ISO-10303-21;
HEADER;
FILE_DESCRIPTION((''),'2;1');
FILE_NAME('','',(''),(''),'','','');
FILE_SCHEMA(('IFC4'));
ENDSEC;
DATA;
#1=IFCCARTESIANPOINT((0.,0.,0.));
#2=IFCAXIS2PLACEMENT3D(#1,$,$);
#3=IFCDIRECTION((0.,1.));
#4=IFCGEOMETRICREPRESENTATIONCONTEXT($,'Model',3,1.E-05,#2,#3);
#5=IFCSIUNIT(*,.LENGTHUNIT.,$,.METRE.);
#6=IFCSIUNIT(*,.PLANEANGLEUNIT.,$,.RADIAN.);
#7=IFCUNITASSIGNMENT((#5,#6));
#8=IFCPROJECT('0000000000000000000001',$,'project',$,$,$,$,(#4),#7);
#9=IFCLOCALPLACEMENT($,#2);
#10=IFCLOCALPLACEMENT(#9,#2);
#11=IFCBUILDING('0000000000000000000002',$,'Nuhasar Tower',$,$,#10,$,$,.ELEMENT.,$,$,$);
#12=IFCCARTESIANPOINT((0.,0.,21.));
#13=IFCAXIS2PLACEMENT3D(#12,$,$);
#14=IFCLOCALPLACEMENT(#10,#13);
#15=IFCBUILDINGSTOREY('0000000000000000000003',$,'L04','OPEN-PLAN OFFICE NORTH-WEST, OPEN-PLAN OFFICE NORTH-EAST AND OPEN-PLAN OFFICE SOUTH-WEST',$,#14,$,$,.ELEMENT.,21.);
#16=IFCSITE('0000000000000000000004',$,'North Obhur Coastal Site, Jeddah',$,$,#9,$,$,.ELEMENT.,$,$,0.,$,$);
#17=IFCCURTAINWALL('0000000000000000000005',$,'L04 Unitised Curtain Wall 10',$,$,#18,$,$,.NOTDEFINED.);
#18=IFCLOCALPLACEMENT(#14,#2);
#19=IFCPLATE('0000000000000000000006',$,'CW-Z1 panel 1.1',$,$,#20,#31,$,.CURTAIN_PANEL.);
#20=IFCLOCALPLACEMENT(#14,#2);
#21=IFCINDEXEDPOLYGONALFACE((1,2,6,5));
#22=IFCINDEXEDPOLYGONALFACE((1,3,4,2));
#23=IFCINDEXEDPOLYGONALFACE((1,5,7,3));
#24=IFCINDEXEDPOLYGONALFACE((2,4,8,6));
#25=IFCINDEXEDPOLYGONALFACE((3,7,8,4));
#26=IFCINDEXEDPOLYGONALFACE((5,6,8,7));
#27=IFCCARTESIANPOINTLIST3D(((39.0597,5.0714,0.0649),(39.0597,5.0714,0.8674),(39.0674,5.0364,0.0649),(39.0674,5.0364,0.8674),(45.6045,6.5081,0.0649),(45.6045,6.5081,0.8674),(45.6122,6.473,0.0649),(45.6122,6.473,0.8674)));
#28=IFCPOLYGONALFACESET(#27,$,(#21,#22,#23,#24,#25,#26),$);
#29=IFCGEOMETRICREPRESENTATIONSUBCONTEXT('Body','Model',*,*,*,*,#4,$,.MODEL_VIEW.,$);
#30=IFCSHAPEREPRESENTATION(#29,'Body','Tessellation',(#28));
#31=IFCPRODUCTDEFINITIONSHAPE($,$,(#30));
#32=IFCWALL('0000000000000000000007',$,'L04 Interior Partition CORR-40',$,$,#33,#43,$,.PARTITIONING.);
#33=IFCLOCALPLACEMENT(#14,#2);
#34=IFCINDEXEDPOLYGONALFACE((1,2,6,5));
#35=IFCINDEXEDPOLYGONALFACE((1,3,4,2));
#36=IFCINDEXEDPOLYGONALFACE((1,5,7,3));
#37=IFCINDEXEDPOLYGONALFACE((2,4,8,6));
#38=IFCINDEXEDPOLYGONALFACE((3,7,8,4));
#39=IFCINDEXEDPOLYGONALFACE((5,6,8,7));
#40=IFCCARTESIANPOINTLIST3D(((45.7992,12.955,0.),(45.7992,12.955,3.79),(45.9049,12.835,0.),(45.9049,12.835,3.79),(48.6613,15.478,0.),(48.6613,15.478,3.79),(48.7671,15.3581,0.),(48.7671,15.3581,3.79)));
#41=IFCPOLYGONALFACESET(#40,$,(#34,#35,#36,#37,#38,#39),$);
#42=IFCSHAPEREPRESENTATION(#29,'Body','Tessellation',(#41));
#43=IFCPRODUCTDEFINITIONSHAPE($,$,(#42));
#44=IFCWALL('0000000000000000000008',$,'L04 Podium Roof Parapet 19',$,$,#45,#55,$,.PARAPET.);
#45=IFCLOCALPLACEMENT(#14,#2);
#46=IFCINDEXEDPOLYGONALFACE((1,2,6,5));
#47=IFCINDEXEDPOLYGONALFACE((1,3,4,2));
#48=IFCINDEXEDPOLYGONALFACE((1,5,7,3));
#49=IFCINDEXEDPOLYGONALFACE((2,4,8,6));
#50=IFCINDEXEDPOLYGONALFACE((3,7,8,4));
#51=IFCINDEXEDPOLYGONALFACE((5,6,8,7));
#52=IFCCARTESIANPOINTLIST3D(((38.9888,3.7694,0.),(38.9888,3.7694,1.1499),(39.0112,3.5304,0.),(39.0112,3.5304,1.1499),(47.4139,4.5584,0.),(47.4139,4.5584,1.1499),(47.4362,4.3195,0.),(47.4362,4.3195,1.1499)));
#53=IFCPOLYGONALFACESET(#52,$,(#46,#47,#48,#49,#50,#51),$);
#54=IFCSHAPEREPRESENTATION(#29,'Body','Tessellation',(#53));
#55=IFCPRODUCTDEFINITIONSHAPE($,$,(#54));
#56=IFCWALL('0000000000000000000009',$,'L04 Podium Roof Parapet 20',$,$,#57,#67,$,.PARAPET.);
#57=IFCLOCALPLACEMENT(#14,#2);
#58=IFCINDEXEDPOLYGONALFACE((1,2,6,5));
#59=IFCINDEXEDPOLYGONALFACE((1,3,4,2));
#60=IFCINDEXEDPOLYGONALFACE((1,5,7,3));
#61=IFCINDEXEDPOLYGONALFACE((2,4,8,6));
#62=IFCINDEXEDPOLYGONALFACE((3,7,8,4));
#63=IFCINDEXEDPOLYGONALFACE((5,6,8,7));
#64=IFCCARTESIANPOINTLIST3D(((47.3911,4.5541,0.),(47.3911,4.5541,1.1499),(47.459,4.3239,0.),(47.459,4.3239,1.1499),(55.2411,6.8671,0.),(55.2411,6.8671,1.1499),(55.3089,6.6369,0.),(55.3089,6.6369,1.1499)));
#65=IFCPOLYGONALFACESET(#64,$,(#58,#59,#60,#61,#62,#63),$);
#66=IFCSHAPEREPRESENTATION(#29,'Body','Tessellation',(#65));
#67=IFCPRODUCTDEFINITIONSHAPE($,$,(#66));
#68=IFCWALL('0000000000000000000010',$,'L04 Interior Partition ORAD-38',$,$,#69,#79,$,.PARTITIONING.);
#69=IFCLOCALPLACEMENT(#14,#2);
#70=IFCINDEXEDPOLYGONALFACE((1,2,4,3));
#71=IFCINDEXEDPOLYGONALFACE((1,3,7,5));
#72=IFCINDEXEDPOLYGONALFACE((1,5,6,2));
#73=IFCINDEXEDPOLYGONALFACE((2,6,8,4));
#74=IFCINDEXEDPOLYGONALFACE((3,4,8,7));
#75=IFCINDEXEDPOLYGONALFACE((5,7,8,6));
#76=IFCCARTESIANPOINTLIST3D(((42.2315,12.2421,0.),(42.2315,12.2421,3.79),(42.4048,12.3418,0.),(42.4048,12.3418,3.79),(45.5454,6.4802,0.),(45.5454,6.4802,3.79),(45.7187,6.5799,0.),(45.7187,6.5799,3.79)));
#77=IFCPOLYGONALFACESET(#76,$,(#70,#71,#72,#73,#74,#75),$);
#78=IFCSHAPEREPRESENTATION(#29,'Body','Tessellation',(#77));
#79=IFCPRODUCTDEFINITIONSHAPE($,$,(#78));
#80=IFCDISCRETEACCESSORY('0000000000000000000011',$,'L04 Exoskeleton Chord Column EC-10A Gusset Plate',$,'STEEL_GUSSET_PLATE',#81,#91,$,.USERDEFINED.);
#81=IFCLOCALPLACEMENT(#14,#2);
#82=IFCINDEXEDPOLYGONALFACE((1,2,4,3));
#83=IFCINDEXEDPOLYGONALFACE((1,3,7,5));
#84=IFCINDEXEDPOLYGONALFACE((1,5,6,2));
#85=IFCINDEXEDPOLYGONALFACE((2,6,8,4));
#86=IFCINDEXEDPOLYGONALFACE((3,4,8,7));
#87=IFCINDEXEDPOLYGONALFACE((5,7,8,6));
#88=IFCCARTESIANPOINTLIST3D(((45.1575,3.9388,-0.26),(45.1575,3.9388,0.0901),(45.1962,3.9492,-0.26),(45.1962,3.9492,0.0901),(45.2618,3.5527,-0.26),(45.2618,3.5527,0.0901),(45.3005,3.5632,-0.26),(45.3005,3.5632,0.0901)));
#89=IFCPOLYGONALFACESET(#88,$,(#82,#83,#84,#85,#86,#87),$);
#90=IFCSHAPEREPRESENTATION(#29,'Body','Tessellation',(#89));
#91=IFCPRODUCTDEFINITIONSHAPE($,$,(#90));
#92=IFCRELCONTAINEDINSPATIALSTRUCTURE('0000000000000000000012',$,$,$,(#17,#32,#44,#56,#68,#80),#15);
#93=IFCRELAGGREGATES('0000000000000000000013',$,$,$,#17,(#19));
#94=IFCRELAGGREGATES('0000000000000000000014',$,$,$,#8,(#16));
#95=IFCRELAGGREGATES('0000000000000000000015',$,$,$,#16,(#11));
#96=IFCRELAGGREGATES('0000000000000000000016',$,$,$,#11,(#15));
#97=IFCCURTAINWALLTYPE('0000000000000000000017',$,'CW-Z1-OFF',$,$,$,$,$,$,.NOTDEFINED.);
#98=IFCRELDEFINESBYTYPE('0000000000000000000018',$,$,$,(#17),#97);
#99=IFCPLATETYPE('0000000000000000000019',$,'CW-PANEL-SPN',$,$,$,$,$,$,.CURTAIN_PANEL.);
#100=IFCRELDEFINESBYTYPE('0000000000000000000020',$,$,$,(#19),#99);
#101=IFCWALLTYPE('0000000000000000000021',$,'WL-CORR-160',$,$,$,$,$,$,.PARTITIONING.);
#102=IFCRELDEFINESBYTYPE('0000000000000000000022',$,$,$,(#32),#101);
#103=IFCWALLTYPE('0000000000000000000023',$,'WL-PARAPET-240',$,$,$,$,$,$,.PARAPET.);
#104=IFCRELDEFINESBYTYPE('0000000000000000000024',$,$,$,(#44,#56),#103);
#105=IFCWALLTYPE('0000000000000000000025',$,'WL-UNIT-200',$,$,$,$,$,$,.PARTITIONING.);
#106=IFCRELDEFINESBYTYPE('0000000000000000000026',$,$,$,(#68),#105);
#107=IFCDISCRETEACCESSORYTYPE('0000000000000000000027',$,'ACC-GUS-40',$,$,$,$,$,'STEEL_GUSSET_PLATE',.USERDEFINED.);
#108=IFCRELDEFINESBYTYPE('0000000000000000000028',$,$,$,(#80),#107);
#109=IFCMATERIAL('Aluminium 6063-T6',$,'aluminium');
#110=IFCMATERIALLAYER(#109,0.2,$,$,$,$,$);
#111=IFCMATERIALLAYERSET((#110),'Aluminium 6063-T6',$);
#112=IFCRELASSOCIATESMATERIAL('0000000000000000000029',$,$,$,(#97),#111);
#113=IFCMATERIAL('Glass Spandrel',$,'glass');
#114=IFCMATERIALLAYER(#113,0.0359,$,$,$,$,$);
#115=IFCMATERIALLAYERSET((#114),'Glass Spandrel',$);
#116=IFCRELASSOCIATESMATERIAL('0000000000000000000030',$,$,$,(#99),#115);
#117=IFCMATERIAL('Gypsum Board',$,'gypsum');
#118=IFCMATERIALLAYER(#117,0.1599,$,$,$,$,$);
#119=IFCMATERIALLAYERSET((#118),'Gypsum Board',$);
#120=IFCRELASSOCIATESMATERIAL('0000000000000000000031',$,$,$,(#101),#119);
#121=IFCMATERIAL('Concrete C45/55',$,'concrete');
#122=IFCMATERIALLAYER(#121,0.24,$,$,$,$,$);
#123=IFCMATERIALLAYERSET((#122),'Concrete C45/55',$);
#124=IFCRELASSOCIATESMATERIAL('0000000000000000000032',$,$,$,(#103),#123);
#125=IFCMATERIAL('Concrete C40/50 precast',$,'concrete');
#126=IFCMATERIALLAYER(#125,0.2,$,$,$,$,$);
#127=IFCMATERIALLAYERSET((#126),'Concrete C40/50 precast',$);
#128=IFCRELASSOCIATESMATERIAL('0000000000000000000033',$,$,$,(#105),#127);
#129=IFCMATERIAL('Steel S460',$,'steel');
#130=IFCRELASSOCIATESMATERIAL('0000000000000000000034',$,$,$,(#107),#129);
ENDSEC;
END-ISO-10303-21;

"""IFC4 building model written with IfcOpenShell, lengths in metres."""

from ifc_helpers import new_model, si_unit, direction, frame, frame_2d, origin, origin_2d, place, context, subcontext, project, spatial, rectangle, extrude, material, layer, layer_set, type_object, element, aggregate, save


model = new_model("IFC4")

# Units and contexts
model_context = context("Model", 3, precision=1e-05, world=origin(), true_north=direction((0.0, 1.0)))
body_context = subcontext(model_context, "Body", "Model", "MODEL_VIEW")
ifc_project = project(units=[si_unit("LENGTHUNIT", "METRE"), si_unit("PLANEANGLEUNIT", "RADIAN")], contexts=[model_context])

# Site, building, storey
site_placement = place(None, origin())
site = spatial("IfcSite", under=ifc_project, at=site_placement, Name="North Obhur Coastal Site, Jeddah", CompositionType="ELEMENT", RefElevation=0.0)
building_placement = place(site_placement, origin())
building = spatial("IfcBuilding", under=site, at=building_placement, Name="Nuhasar Tower", CompositionType="ELEMENT")
storey_placement = place(building_placement, frame((0.0, 0.0, 21.0)))
storey = spatial("IfcBuildingStorey", under=building, at=storey_placement, Name="L04", Description="OPEN-PLAN OFFICE NORTH-WEST, OPEN-PLAN OFFICE NORTH-EAST AND OPEN-PLAN OFFICE SOUTH-WEST", CompositionType="ELEMENT", Elevation=21.0)

# Shared definitions
ifc_material_1 = material(Name="Steel S460", Category="steel")

# Curtain wall
ifc_material_2 = material(Name="Aluminium 6063-T6", Category="aluminium")
ifc_layer_1 = layer(ifc_material_2, 0.2)
ifc_layer_set_1 = layer_set([ifc_layer_1], Name="Aluminium 6063-T6")
curtain_wall_type = type_object("IfcCurtainWallType", Name="CW-Z1-OFF", PredefinedType="NOTDEFINED", material=ifc_layer_set_1)
curtain_wall_placement = place(storey_placement, origin())
curtain_wall = element("IfcCurtainWall", 1, at=curtain_wall_placement, inside=storey, type_object=curtain_wall_type, Name="L04 Unitised Curtain Wall 10", PredefinedType="NOTDEFINED")

# Plate
ifc_material_3 = material(Name="Glass Spandrel", Category="glass")
ifc_layer_2 = layer(ifc_material_3, 0.0359)
ifc_layer_set_2 = layer_set([ifc_layer_2], Name="Glass Spandrel")
plate_type_1 = type_object("IfcPlateType", Name="CW-PANEL-SPN", PredefinedType="CURTAIN_PANEL", material=ifc_layer_set_2)
plate_1_placement = place(storey_placement, frame((42.3359, 5.7722, 0.0649), z_axis=(0.0, 0.0, 1.0), x_axis=(0.976746, 0.214399, 0.0)))
plate_1 = element("IfcPlate", 2, at=plate_1_placement, type_object=plate_type_1, Name="CW-Z1 panel 1.1", PredefinedType="CURTAIN_PANEL", context=body_context, shape_type="SweptSolid", body=[
    extrude(rectangle(XDim=6.7007, YDim=0.0359, at=origin_2d()), origin(), (0.0, 0.0, 1.0), 0.8025),
])
aggregate(curtain_wall, [plate_1])

# Shared definitions
ifc_material_4 = material(Name="Gypsum Board", Category="gypsum")
ifc_layer_3 = layer(ifc_material_4, 0.1599)
ifc_layer_set_3 = layer_set([ifc_layer_3], Name="Gypsum Board")
wall_type_1 = type_object("IfcWallType", Name="WL-CORR-160", PredefinedType="PARTITIONING", material=ifc_layer_set_3)

# Walls
wall_1_placement = place(storey_placement, frame((45.8521, 12.895, 0.0), z_axis=(0.0, 0.0, 1.0), x_axis=(0.75015, 0.661268, 0.0)))
element("IfcWall", 3, at=wall_1_placement, inside=storey, type_object=wall_type_1, Name="L04 Interior Partition CORR-40", PredefinedType="PARTITIONING", context=body_context, shape_type="SweptSolid", body=[
    extrude(rectangle(XDim=3.8154, YDim=0.1599, at=frame_2d((1.9077, 0.0))), origin(), (0.0, 0.0, 1.0), 3.79),
])
ifc_material_5 = material(Name="Concrete C45/55", Category="concrete")
ifc_layer_4 = layer(ifc_material_5, 0.24)
ifc_layer_set_4 = layer_set([ifc_layer_4], Name="Concrete C45/55")
wall_type_2 = type_object("IfcWallType", Name="WL-PARAPET-240", PredefinedType="PARAPET", material=ifc_layer_set_4)
wall_2_placement = place(storey_placement, frame((39.0, 3.6499, 0.0), z_axis=(0.0, 0.0, 1.0), x_axis=(0.995643, 0.093249, 0.0)))
element("IfcWall", 4, at=wall_2_placement, inside=storey, type_object=wall_type_2, Name="L04 Podium Roof Parapet 19", PredefinedType="PARAPET", context=body_context, shape_type="SweptSolid", body=[
    extrude(rectangle(XDim=8.4619, YDim=0.24, at=frame_2d((4.231, 0.0))), origin(), (0.0, 0.0, 1.0), 1.1499),
])
wall_3_placement = place(storey_placement, frame((47.425, 4.439, 0.0), z_axis=(0.0, 0.0, 1.0), x_axis=(0.959226, 0.28264, 0.0)))
element("IfcWall", 5, at=wall_3_placement, inside=storey, type_object=wall_type_2, Name="L04 Podium Roof Parapet 20", PredefinedType="PARAPET", context=body_context, shape_type="SweptSolid", body=[
    extrude(rectangle(XDim=8.1836, YDim=0.24, at=frame_2d((4.0918, 0.0))), origin(), (0.0, 0.0, 1.0), 1.1499),
])
ifc_material_6 = material(Name="Concrete C40/50 precast", Category="concrete")
ifc_layer_5 = layer(ifc_material_6, 0.2)
ifc_layer_set_5 = layer_set([ifc_layer_5], Name="Concrete C40/50 precast")
wall_type_3 = type_object("IfcWallType", Name="WL-UNIT-200", PredefinedType="PARTITIONING", material=ifc_layer_set_5)
wall_4_placement = place(storey_placement, frame((42.3181, 12.292, 0.0), z_axis=(0.0, 0.0, 1.0), x_axis=(0.498566, -0.866852, 0.0)))
element("IfcWall", 6, at=wall_4_placement, inside=storey, type_object=wall_type_3, Name="L04 Interior Partition ORAD-38", PredefinedType="PARTITIONING", context=body_context, shape_type="SweptSolid", body=[
    extrude(rectangle(XDim=6.647, YDim=0.2, at=frame_2d((3.3235, 0.0))), origin(), (0.0, 0.0, 1.0), 3.79),
])

# Discrete accessory
discrete_accessory_type = type_object("IfcDiscreteAccessoryType", Name="ACC-GUS-40", ElementType="STEEL_GUSSET_PLATE", PredefinedType="USERDEFINED", material=ifc_material_1)
discrete_accessory_placement = place(storey_placement, frame((45.229, 3.751, -0.26), z_axis=(0.0, 0.0, 1.0), x_axis=(0.260909, -0.965363, 0.0)))
element("IfcDiscreteAccessory", 7, at=discrete_accessory_placement, inside=storey, type_object=discrete_accessory_type, Name="L04 Exoskeleton Chord Column EC-10A Gusset Plate", ObjectType="STEEL_GUSSET_PLATE", PredefinedType="USERDEFINED", context=body_context, shape_type="SweptSolid", body=[
    extrude(rectangle(XDim=0.3999, YDim=0.04, at=origin_2d()), origin(), (0.0, 0.0, 1.0), 0.3501),
])

save(model, "model.ifc")
